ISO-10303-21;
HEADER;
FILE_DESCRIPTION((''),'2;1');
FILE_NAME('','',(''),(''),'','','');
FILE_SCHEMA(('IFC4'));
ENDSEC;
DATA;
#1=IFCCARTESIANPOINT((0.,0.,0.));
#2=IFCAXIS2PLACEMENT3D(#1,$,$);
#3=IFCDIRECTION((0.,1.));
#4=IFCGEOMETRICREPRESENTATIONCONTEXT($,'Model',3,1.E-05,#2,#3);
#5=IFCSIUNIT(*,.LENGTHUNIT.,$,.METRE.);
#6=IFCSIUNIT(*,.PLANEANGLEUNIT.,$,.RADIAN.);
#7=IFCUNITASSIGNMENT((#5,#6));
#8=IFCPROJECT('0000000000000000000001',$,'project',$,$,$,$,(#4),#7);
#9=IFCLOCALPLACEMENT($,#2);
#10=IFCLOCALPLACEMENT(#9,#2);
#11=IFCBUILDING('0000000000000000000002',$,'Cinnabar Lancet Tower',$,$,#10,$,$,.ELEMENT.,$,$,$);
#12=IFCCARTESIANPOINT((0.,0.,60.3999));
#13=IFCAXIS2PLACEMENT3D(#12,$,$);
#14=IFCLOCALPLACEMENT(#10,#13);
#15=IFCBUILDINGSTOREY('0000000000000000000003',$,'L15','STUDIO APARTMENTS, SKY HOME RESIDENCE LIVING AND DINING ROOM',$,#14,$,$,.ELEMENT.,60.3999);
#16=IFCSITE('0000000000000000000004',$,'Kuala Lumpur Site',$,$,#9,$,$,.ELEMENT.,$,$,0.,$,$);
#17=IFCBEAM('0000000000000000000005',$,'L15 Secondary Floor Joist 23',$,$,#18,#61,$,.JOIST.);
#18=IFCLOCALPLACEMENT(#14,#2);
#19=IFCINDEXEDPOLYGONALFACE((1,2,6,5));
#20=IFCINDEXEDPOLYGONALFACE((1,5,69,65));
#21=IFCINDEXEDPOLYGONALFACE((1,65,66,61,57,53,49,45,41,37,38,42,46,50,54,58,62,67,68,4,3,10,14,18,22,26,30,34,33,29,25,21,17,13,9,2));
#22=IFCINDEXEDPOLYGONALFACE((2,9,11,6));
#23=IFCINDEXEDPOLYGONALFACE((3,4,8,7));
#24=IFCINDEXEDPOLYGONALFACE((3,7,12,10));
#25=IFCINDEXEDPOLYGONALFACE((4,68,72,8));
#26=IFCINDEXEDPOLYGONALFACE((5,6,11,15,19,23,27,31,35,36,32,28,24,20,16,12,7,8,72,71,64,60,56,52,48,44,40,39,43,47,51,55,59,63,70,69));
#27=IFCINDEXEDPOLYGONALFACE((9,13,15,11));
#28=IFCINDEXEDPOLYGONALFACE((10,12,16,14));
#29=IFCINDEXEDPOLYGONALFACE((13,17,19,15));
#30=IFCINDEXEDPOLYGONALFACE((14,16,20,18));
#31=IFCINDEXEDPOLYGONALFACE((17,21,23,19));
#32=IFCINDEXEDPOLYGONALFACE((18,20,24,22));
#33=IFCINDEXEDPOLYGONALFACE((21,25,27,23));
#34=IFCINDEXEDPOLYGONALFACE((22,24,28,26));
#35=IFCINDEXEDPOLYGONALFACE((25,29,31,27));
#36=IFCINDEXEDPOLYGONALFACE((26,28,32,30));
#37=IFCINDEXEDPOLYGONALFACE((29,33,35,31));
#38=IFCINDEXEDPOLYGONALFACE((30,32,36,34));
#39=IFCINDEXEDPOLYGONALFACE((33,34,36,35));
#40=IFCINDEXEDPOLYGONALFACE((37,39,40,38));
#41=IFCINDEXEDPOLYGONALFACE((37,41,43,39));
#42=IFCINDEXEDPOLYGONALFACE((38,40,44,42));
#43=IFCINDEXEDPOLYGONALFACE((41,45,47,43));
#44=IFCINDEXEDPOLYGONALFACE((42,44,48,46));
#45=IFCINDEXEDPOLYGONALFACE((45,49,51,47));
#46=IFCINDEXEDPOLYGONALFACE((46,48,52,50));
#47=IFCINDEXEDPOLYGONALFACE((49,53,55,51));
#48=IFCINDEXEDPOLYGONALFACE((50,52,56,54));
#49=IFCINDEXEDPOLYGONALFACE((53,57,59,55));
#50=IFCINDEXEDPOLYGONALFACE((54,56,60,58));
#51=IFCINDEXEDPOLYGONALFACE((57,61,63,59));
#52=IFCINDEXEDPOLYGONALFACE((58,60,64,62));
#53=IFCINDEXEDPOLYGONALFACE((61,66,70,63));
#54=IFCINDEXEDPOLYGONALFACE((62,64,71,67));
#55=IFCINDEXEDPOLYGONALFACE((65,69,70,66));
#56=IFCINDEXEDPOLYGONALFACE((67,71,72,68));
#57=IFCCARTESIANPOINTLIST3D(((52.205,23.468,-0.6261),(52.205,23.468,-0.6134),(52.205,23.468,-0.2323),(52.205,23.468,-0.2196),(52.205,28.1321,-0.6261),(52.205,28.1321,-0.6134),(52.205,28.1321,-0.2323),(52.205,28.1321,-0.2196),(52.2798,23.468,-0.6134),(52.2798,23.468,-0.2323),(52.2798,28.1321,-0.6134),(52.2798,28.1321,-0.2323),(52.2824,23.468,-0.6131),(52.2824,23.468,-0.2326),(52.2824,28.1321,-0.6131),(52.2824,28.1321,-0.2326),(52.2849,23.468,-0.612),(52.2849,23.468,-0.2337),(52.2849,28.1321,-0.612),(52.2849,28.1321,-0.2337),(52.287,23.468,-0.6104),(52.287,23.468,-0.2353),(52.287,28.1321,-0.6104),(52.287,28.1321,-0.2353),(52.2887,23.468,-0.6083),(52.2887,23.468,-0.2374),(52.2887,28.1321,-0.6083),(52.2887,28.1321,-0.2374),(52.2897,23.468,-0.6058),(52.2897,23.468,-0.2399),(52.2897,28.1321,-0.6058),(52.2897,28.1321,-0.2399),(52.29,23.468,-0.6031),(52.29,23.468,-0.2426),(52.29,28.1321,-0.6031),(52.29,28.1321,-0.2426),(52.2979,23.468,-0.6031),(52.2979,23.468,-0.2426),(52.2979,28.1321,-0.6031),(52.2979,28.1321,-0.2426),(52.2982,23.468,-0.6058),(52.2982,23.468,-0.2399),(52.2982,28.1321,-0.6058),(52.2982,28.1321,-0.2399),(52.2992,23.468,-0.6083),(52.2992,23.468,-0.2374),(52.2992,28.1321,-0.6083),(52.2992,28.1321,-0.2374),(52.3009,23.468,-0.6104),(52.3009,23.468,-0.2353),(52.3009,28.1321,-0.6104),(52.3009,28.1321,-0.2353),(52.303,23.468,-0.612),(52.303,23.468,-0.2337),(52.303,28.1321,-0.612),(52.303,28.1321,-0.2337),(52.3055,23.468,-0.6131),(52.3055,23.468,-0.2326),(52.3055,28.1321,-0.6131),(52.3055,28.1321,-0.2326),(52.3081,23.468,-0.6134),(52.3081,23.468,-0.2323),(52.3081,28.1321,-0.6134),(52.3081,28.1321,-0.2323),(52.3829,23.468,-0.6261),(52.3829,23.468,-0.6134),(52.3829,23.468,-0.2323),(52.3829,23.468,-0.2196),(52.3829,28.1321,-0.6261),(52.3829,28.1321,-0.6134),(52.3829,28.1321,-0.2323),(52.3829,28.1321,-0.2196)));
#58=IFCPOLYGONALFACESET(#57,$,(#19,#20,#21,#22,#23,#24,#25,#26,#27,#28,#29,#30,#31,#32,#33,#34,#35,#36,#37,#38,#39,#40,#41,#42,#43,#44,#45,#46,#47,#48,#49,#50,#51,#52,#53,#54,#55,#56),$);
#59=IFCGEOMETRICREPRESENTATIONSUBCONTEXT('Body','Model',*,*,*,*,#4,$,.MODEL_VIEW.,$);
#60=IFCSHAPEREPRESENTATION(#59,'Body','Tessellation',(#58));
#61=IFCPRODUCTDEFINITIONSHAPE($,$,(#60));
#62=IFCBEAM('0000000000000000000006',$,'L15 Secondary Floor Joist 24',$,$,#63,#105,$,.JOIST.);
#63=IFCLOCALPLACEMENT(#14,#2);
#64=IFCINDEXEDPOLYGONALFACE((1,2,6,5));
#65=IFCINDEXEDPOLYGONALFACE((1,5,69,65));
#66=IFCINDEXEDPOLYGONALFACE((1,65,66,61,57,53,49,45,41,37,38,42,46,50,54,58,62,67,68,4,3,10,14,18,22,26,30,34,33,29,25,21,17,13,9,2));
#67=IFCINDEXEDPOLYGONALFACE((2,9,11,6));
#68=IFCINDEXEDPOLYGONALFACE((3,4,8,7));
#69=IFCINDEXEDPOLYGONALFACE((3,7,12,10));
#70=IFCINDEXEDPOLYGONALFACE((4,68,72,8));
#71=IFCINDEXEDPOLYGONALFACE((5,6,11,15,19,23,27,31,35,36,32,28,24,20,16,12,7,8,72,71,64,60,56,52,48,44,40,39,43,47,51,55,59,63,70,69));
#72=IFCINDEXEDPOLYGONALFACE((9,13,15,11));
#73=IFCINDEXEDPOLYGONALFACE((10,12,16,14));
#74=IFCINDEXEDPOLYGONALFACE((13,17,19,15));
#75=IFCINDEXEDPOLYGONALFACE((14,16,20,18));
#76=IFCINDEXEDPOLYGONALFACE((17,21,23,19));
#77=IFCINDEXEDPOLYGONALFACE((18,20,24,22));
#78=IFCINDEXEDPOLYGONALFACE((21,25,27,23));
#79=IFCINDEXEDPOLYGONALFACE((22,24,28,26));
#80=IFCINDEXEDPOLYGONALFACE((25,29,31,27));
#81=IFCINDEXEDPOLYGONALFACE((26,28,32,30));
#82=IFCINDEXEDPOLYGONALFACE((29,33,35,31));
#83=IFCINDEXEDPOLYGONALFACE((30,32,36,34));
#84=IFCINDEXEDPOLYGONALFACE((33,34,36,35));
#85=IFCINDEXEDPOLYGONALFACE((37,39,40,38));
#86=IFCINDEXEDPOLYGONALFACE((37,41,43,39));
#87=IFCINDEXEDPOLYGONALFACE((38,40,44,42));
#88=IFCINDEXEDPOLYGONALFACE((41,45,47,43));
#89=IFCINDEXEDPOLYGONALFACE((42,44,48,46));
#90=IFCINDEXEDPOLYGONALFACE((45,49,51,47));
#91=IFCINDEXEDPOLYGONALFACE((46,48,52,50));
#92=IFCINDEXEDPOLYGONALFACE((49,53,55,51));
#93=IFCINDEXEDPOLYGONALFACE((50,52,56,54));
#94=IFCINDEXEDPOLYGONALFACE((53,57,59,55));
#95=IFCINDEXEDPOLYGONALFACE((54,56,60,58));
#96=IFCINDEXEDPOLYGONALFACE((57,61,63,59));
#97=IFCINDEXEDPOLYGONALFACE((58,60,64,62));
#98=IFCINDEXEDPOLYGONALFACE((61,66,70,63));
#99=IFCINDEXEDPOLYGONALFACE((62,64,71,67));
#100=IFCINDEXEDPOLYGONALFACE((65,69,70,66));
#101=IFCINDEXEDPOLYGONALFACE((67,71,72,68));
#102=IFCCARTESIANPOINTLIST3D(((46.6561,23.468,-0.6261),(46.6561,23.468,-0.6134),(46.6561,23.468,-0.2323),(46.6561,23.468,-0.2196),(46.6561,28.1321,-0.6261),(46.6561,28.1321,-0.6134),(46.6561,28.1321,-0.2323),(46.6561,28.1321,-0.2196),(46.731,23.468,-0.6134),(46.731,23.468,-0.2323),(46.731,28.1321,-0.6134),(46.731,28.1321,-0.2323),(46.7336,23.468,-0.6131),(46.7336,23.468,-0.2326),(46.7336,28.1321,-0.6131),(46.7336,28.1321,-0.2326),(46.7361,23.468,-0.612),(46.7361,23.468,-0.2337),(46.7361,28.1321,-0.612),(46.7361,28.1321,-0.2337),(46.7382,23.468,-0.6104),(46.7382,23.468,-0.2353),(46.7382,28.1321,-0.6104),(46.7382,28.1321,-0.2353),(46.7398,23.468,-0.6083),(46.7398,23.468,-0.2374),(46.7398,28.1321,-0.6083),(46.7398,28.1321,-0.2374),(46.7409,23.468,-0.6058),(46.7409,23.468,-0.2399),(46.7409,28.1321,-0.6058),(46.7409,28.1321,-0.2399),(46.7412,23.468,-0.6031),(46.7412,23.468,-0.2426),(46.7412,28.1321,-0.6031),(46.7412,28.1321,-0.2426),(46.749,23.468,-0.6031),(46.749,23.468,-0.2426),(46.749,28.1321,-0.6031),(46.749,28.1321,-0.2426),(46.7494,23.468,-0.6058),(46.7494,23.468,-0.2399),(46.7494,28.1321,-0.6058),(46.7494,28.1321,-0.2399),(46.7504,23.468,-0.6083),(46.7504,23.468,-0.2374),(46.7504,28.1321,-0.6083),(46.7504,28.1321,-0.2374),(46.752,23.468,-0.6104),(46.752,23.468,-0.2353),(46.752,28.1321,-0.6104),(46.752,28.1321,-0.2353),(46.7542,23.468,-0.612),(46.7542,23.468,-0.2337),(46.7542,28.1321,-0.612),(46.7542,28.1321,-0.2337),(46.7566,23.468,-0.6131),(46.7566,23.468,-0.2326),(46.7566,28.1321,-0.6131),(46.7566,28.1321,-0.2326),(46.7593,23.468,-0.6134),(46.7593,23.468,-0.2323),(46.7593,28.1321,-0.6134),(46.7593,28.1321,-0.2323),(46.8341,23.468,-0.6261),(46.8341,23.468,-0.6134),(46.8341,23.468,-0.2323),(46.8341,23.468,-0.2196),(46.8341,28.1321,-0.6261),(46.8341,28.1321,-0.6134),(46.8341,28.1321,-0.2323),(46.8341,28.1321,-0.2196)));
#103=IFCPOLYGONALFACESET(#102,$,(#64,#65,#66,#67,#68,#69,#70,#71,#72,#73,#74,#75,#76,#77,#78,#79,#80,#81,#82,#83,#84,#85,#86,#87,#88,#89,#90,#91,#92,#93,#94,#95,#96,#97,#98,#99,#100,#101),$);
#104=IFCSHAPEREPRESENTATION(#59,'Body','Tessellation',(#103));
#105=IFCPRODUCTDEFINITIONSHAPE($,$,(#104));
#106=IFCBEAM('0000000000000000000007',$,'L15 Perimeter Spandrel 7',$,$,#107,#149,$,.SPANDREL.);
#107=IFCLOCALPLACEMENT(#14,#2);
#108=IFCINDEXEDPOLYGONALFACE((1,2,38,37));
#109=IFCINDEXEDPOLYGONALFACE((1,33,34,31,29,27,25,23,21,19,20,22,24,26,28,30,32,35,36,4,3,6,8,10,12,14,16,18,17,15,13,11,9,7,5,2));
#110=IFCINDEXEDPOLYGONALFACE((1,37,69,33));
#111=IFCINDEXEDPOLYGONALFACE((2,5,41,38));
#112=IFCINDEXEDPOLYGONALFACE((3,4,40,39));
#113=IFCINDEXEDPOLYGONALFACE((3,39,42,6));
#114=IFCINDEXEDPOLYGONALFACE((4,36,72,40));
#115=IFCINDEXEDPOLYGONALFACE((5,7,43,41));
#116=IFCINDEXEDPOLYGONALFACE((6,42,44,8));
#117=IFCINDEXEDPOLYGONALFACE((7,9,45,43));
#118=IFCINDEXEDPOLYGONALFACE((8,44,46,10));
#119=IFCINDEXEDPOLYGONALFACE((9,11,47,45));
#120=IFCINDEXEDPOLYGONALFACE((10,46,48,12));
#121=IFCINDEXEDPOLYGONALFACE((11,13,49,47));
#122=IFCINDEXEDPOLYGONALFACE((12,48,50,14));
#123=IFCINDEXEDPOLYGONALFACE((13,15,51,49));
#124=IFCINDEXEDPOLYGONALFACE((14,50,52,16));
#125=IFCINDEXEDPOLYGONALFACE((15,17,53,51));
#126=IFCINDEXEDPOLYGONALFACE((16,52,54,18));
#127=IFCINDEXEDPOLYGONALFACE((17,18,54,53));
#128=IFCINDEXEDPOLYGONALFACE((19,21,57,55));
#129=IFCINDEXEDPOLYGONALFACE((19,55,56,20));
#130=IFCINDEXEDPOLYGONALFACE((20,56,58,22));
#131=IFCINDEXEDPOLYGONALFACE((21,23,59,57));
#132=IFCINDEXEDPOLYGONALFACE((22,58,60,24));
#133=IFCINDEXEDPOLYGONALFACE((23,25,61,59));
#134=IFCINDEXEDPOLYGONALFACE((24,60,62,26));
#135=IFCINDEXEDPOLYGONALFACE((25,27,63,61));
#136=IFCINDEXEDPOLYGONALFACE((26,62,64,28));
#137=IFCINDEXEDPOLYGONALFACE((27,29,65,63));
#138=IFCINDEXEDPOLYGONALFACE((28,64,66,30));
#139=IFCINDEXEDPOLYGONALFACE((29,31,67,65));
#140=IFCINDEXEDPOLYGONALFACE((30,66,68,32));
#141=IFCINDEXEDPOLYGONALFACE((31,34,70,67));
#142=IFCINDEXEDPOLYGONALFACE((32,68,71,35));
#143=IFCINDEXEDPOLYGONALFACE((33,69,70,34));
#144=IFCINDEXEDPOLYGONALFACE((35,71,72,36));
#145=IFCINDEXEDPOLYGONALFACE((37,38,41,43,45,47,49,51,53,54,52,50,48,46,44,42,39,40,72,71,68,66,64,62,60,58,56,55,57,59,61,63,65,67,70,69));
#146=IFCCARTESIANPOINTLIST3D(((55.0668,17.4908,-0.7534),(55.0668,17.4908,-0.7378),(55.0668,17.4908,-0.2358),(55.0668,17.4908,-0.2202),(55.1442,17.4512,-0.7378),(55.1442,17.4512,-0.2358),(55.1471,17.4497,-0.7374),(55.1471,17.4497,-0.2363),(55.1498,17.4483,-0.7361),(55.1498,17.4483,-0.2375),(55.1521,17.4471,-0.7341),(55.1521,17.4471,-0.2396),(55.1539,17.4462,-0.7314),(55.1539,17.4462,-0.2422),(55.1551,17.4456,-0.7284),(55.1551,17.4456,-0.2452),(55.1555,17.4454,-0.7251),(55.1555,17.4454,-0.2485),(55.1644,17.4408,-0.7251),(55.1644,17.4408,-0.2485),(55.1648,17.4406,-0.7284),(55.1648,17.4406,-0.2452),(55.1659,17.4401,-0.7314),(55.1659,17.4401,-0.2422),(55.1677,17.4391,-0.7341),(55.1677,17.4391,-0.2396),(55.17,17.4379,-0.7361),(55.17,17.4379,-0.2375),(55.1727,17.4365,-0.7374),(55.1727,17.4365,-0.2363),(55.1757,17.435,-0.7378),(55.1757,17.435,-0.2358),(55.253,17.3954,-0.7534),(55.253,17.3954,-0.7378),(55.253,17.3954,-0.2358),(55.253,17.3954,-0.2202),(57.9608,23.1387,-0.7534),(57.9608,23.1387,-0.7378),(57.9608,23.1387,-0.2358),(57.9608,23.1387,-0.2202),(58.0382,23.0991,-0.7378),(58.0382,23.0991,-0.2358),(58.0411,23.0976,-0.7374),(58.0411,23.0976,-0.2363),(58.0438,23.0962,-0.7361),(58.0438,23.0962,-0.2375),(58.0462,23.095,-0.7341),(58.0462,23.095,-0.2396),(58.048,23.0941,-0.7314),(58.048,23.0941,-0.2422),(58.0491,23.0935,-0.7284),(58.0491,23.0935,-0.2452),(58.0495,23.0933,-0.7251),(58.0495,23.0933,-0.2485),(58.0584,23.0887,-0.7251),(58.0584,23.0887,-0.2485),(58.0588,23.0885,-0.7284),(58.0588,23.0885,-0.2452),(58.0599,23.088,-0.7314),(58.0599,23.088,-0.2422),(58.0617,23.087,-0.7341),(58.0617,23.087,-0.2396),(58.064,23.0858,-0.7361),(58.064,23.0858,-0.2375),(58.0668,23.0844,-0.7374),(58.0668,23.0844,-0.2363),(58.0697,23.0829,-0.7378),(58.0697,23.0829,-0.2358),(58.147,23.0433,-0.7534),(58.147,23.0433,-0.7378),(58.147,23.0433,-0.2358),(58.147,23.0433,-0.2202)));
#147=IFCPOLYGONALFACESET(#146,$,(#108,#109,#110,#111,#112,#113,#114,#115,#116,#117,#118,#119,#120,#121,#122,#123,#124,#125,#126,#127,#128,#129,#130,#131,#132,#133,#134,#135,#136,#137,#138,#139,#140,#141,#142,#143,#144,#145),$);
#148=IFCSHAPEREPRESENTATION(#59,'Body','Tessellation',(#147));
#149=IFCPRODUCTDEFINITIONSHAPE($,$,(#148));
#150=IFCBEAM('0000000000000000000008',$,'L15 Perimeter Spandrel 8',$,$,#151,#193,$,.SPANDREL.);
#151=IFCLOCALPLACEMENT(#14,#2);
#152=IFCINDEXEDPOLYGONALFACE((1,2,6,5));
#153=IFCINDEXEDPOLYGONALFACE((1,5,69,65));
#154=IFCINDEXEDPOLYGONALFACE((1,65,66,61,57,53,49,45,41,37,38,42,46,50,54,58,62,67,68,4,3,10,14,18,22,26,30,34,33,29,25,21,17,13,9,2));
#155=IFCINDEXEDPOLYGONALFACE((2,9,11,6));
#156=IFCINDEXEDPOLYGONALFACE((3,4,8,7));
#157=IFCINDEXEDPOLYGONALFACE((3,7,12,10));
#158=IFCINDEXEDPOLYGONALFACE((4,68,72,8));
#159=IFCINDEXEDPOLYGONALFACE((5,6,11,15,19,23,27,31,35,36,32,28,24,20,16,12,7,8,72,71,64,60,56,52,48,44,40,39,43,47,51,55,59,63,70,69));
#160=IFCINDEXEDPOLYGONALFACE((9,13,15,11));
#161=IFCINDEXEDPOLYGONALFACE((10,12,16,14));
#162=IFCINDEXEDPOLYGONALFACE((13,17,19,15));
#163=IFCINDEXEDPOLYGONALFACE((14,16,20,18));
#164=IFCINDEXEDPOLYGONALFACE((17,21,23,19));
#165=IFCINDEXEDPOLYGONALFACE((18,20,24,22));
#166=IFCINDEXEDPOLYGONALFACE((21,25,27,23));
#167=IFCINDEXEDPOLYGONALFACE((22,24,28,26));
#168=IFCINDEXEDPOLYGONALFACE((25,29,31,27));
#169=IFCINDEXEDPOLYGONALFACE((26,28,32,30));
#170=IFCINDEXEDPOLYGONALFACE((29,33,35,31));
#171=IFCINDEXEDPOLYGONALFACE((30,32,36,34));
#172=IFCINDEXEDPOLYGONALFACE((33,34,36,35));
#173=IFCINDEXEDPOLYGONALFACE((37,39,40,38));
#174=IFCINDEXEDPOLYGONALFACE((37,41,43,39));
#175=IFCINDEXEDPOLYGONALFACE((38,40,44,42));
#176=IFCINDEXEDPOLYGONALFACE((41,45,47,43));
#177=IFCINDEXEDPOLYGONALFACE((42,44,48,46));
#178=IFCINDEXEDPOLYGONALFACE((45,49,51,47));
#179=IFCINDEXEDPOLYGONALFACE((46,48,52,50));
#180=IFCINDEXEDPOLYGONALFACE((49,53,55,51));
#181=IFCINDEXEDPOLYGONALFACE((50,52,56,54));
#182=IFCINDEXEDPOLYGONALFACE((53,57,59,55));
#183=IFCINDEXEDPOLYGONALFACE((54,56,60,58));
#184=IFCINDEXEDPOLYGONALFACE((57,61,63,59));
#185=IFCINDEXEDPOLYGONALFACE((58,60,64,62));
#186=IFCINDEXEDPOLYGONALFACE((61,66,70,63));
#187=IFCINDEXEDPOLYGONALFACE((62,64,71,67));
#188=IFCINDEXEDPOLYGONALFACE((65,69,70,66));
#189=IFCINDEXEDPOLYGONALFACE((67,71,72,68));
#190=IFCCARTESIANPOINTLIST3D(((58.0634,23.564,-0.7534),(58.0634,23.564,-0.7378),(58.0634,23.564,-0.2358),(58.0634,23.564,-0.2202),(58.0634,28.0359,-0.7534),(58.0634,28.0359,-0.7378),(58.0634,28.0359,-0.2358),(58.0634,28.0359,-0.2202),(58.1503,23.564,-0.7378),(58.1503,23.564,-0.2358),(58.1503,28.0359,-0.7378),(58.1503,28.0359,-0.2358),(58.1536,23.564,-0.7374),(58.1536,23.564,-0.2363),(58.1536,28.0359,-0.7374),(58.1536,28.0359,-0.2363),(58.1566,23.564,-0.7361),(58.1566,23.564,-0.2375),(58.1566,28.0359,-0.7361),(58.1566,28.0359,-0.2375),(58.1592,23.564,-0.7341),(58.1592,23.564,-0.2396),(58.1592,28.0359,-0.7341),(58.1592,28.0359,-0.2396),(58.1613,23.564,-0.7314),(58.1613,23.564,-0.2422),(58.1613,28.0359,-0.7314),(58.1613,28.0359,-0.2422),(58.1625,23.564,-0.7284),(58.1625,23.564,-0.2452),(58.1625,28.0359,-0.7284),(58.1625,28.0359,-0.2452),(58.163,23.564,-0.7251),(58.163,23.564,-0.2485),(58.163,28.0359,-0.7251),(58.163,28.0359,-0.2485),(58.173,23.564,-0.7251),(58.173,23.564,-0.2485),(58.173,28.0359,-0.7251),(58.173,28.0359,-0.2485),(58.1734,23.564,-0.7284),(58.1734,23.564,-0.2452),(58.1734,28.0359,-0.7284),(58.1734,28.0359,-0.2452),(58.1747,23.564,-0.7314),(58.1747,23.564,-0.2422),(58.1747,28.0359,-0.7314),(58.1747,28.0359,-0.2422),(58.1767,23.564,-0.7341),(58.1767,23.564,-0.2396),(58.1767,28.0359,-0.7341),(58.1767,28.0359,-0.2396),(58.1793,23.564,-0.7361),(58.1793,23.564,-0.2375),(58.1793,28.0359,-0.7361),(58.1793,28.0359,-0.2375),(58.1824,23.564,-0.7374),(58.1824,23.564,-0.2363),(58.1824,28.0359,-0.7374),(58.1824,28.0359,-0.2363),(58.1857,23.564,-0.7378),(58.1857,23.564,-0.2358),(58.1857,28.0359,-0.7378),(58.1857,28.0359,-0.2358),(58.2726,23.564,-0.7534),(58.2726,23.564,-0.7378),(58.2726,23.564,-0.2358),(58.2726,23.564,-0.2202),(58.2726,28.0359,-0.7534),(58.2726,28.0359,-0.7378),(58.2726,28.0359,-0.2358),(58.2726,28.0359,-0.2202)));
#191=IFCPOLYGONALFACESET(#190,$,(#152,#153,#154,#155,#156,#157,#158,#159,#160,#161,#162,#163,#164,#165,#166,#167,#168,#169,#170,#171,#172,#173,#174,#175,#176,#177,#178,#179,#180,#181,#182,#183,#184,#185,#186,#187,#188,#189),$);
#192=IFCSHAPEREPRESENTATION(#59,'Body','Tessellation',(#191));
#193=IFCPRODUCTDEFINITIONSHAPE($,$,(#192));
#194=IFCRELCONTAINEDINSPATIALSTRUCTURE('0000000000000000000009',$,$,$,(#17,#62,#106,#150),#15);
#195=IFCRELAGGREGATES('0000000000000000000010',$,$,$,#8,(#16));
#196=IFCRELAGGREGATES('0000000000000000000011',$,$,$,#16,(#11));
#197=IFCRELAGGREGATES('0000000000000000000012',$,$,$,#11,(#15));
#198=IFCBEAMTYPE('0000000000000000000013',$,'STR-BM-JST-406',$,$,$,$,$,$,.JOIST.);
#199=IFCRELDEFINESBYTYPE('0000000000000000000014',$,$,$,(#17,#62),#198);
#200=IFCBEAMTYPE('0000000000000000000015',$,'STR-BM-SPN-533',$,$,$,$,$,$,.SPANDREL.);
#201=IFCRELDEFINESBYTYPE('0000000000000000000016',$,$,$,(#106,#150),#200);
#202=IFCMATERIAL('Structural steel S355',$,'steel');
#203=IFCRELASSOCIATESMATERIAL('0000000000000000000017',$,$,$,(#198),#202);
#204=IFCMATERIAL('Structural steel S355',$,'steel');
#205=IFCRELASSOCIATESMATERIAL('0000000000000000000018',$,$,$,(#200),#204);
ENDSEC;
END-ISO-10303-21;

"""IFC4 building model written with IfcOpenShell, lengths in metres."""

from ifc_helpers import new_model, si_unit, direction, frame, origin, origin_2d, place, context, subcontext, project, spatial, i_section, extrude, material, material_profile, profile_set, type_object, element, save


model = new_model("IFC4")

# Units and contexts
model_context = context("Model", 3, precision=1e-05, world=origin(), true_north=direction((0.0, 1.0)))
body_context = subcontext(model_context, "Body", "Model", "MODEL_VIEW")
ifc_project = project(units=[si_unit("LENGTHUNIT", "METRE"), si_unit("PLANEANGLEUNIT", "RADIAN")], contexts=[model_context])

# Site, building, storey
site_placement = place(None, origin())
site = spatial("IfcSite", under=ifc_project, at=site_placement, Name="Kuala Lumpur Site", CompositionType="ELEMENT", RefElevation=0.0)
building_placement = place(site_placement, origin())
building = spatial("IfcBuilding", under=site, at=building_placement, Name="Cinnabar Lancet Tower", CompositionType="ELEMENT")
storey_placement = place(building_placement, frame((0.0, 0.0, 60.3999)))
storey = spatial("IfcBuildingStorey", under=building, at=storey_placement, Name="L15", Description="STUDIO APARTMENTS, SKY HOME RESIDENCE LIVING AND DINING ROOM", CompositionType="ELEMENT", Elevation=60.3999)

# Beams
ifc_material_1 = material(Name="Structural steel S355", Category="steel")
ifc_material_profile_1 = material_profile(ifc_material_1, i_section(OverallWidth=0.178, OverallDepth=0.4065, WebThickness=0.0078, FlangeThickness=0.0127, FilletRadius=0.0103, at=origin_2d()), Name="UKB 406x178x60")
ifc_profile_set_1 = profile_set([ifc_material_profile_1], Name="Structural steel S355")
beam_type_1 = type_object("IfcBeamType", Name="STR-BM-JST-406", PredefinedType="JOIST", material=ifc_profile_set_1)
for number, where, z_axis, x_axis, name in (
    (1, (52.2939, 23.468, -0.4229), (0.0, 1.0, 0.0), (-1.0, 0.0, 0.0), "L15 Secondary Floor Joist 23"),
    (2, (46.7451, 23.468, -0.4229), (0.0, 1.0, 0.0), (-1.0, 0.0, 0.0), "L15 Secondary Floor Joist 24"),
):
    element("IfcBeam", number, at=place(storey_placement, frame(where, z_axis=z_axis, x_axis=x_axis)), inside=storey, type_object=beam_type_1, Name=name, PredefinedType="JOIST", context=body_context, shape_type="SweptSolid", body=[
        extrude(i_section(OverallWidth=0.178, OverallDepth=0.4065, WebThickness=0.0078, FlangeThickness=0.0127, FilletRadius=0.0103, at=origin_2d()), origin(), (0.0, 0.0, 1.0), 4.6641),
    ])
ifc_material_2 = material(Name="Structural steel S355", Category="steel")
ifc_material_profile_2 = material_profile(ifc_material_2, i_section(OverallWidth=0.2092, OverallDepth=0.5332, WebThickness=0.01, FlangeThickness=0.0156, FilletRadius=0.0127, at=origin_2d()), Name="UKB 533x210x92")
ifc_profile_set_2 = profile_set([ifc_material_profile_2], Name="Structural steel S355")
beam_type_2 = type_object("IfcBeamType", Name="STR-BM-SPN-533", PredefinedType="SPANDREL", material=ifc_profile_set_2)
beam_1_placement = place(storey_placement, frame((55.1599, 17.4431, -0.4868), z_axis=(0.456025, 0.889967, 0.0), x_axis=(-0.889967, 0.456025, 0.0)))
element("IfcBeam", 3, at=beam_1_placement, inside=storey, type_object=beam_type_2, Name="L15 Perimeter Spandrel 7", PredefinedType="SPANDREL", context=body_context, shape_type="SweptSolid", body=[
    extrude(i_section(OverallWidth=0.2092, OverallDepth=0.5332, WebThickness=0.01, FlangeThickness=0.0156, FilletRadius=0.0127, at=origin_2d()), origin(), (0.0, 0.0, 1.0), 6.3462),
])
beam_2_placement = place(storey_placement, frame((58.168, 23.564, -0.4868), z_axis=(0.0, 1.0, 0.0), x_axis=(-1.0, 0.0, 0.0)))
element("IfcBeam", 4, at=beam_2_placement, inside=storey, type_object=beam_type_2, Name="L15 Perimeter Spandrel 8", PredefinedType="SPANDREL", context=body_context, shape_type="SweptSolid", body=[
    extrude(i_section(OverallWidth=0.2092, OverallDepth=0.5332, WebThickness=0.01, FlangeThickness=0.0156, FilletRadius=0.0127, at=origin_2d()), origin(), (0.0, 0.0, 1.0), 4.4719),
])

save(model, "model.ifc")
